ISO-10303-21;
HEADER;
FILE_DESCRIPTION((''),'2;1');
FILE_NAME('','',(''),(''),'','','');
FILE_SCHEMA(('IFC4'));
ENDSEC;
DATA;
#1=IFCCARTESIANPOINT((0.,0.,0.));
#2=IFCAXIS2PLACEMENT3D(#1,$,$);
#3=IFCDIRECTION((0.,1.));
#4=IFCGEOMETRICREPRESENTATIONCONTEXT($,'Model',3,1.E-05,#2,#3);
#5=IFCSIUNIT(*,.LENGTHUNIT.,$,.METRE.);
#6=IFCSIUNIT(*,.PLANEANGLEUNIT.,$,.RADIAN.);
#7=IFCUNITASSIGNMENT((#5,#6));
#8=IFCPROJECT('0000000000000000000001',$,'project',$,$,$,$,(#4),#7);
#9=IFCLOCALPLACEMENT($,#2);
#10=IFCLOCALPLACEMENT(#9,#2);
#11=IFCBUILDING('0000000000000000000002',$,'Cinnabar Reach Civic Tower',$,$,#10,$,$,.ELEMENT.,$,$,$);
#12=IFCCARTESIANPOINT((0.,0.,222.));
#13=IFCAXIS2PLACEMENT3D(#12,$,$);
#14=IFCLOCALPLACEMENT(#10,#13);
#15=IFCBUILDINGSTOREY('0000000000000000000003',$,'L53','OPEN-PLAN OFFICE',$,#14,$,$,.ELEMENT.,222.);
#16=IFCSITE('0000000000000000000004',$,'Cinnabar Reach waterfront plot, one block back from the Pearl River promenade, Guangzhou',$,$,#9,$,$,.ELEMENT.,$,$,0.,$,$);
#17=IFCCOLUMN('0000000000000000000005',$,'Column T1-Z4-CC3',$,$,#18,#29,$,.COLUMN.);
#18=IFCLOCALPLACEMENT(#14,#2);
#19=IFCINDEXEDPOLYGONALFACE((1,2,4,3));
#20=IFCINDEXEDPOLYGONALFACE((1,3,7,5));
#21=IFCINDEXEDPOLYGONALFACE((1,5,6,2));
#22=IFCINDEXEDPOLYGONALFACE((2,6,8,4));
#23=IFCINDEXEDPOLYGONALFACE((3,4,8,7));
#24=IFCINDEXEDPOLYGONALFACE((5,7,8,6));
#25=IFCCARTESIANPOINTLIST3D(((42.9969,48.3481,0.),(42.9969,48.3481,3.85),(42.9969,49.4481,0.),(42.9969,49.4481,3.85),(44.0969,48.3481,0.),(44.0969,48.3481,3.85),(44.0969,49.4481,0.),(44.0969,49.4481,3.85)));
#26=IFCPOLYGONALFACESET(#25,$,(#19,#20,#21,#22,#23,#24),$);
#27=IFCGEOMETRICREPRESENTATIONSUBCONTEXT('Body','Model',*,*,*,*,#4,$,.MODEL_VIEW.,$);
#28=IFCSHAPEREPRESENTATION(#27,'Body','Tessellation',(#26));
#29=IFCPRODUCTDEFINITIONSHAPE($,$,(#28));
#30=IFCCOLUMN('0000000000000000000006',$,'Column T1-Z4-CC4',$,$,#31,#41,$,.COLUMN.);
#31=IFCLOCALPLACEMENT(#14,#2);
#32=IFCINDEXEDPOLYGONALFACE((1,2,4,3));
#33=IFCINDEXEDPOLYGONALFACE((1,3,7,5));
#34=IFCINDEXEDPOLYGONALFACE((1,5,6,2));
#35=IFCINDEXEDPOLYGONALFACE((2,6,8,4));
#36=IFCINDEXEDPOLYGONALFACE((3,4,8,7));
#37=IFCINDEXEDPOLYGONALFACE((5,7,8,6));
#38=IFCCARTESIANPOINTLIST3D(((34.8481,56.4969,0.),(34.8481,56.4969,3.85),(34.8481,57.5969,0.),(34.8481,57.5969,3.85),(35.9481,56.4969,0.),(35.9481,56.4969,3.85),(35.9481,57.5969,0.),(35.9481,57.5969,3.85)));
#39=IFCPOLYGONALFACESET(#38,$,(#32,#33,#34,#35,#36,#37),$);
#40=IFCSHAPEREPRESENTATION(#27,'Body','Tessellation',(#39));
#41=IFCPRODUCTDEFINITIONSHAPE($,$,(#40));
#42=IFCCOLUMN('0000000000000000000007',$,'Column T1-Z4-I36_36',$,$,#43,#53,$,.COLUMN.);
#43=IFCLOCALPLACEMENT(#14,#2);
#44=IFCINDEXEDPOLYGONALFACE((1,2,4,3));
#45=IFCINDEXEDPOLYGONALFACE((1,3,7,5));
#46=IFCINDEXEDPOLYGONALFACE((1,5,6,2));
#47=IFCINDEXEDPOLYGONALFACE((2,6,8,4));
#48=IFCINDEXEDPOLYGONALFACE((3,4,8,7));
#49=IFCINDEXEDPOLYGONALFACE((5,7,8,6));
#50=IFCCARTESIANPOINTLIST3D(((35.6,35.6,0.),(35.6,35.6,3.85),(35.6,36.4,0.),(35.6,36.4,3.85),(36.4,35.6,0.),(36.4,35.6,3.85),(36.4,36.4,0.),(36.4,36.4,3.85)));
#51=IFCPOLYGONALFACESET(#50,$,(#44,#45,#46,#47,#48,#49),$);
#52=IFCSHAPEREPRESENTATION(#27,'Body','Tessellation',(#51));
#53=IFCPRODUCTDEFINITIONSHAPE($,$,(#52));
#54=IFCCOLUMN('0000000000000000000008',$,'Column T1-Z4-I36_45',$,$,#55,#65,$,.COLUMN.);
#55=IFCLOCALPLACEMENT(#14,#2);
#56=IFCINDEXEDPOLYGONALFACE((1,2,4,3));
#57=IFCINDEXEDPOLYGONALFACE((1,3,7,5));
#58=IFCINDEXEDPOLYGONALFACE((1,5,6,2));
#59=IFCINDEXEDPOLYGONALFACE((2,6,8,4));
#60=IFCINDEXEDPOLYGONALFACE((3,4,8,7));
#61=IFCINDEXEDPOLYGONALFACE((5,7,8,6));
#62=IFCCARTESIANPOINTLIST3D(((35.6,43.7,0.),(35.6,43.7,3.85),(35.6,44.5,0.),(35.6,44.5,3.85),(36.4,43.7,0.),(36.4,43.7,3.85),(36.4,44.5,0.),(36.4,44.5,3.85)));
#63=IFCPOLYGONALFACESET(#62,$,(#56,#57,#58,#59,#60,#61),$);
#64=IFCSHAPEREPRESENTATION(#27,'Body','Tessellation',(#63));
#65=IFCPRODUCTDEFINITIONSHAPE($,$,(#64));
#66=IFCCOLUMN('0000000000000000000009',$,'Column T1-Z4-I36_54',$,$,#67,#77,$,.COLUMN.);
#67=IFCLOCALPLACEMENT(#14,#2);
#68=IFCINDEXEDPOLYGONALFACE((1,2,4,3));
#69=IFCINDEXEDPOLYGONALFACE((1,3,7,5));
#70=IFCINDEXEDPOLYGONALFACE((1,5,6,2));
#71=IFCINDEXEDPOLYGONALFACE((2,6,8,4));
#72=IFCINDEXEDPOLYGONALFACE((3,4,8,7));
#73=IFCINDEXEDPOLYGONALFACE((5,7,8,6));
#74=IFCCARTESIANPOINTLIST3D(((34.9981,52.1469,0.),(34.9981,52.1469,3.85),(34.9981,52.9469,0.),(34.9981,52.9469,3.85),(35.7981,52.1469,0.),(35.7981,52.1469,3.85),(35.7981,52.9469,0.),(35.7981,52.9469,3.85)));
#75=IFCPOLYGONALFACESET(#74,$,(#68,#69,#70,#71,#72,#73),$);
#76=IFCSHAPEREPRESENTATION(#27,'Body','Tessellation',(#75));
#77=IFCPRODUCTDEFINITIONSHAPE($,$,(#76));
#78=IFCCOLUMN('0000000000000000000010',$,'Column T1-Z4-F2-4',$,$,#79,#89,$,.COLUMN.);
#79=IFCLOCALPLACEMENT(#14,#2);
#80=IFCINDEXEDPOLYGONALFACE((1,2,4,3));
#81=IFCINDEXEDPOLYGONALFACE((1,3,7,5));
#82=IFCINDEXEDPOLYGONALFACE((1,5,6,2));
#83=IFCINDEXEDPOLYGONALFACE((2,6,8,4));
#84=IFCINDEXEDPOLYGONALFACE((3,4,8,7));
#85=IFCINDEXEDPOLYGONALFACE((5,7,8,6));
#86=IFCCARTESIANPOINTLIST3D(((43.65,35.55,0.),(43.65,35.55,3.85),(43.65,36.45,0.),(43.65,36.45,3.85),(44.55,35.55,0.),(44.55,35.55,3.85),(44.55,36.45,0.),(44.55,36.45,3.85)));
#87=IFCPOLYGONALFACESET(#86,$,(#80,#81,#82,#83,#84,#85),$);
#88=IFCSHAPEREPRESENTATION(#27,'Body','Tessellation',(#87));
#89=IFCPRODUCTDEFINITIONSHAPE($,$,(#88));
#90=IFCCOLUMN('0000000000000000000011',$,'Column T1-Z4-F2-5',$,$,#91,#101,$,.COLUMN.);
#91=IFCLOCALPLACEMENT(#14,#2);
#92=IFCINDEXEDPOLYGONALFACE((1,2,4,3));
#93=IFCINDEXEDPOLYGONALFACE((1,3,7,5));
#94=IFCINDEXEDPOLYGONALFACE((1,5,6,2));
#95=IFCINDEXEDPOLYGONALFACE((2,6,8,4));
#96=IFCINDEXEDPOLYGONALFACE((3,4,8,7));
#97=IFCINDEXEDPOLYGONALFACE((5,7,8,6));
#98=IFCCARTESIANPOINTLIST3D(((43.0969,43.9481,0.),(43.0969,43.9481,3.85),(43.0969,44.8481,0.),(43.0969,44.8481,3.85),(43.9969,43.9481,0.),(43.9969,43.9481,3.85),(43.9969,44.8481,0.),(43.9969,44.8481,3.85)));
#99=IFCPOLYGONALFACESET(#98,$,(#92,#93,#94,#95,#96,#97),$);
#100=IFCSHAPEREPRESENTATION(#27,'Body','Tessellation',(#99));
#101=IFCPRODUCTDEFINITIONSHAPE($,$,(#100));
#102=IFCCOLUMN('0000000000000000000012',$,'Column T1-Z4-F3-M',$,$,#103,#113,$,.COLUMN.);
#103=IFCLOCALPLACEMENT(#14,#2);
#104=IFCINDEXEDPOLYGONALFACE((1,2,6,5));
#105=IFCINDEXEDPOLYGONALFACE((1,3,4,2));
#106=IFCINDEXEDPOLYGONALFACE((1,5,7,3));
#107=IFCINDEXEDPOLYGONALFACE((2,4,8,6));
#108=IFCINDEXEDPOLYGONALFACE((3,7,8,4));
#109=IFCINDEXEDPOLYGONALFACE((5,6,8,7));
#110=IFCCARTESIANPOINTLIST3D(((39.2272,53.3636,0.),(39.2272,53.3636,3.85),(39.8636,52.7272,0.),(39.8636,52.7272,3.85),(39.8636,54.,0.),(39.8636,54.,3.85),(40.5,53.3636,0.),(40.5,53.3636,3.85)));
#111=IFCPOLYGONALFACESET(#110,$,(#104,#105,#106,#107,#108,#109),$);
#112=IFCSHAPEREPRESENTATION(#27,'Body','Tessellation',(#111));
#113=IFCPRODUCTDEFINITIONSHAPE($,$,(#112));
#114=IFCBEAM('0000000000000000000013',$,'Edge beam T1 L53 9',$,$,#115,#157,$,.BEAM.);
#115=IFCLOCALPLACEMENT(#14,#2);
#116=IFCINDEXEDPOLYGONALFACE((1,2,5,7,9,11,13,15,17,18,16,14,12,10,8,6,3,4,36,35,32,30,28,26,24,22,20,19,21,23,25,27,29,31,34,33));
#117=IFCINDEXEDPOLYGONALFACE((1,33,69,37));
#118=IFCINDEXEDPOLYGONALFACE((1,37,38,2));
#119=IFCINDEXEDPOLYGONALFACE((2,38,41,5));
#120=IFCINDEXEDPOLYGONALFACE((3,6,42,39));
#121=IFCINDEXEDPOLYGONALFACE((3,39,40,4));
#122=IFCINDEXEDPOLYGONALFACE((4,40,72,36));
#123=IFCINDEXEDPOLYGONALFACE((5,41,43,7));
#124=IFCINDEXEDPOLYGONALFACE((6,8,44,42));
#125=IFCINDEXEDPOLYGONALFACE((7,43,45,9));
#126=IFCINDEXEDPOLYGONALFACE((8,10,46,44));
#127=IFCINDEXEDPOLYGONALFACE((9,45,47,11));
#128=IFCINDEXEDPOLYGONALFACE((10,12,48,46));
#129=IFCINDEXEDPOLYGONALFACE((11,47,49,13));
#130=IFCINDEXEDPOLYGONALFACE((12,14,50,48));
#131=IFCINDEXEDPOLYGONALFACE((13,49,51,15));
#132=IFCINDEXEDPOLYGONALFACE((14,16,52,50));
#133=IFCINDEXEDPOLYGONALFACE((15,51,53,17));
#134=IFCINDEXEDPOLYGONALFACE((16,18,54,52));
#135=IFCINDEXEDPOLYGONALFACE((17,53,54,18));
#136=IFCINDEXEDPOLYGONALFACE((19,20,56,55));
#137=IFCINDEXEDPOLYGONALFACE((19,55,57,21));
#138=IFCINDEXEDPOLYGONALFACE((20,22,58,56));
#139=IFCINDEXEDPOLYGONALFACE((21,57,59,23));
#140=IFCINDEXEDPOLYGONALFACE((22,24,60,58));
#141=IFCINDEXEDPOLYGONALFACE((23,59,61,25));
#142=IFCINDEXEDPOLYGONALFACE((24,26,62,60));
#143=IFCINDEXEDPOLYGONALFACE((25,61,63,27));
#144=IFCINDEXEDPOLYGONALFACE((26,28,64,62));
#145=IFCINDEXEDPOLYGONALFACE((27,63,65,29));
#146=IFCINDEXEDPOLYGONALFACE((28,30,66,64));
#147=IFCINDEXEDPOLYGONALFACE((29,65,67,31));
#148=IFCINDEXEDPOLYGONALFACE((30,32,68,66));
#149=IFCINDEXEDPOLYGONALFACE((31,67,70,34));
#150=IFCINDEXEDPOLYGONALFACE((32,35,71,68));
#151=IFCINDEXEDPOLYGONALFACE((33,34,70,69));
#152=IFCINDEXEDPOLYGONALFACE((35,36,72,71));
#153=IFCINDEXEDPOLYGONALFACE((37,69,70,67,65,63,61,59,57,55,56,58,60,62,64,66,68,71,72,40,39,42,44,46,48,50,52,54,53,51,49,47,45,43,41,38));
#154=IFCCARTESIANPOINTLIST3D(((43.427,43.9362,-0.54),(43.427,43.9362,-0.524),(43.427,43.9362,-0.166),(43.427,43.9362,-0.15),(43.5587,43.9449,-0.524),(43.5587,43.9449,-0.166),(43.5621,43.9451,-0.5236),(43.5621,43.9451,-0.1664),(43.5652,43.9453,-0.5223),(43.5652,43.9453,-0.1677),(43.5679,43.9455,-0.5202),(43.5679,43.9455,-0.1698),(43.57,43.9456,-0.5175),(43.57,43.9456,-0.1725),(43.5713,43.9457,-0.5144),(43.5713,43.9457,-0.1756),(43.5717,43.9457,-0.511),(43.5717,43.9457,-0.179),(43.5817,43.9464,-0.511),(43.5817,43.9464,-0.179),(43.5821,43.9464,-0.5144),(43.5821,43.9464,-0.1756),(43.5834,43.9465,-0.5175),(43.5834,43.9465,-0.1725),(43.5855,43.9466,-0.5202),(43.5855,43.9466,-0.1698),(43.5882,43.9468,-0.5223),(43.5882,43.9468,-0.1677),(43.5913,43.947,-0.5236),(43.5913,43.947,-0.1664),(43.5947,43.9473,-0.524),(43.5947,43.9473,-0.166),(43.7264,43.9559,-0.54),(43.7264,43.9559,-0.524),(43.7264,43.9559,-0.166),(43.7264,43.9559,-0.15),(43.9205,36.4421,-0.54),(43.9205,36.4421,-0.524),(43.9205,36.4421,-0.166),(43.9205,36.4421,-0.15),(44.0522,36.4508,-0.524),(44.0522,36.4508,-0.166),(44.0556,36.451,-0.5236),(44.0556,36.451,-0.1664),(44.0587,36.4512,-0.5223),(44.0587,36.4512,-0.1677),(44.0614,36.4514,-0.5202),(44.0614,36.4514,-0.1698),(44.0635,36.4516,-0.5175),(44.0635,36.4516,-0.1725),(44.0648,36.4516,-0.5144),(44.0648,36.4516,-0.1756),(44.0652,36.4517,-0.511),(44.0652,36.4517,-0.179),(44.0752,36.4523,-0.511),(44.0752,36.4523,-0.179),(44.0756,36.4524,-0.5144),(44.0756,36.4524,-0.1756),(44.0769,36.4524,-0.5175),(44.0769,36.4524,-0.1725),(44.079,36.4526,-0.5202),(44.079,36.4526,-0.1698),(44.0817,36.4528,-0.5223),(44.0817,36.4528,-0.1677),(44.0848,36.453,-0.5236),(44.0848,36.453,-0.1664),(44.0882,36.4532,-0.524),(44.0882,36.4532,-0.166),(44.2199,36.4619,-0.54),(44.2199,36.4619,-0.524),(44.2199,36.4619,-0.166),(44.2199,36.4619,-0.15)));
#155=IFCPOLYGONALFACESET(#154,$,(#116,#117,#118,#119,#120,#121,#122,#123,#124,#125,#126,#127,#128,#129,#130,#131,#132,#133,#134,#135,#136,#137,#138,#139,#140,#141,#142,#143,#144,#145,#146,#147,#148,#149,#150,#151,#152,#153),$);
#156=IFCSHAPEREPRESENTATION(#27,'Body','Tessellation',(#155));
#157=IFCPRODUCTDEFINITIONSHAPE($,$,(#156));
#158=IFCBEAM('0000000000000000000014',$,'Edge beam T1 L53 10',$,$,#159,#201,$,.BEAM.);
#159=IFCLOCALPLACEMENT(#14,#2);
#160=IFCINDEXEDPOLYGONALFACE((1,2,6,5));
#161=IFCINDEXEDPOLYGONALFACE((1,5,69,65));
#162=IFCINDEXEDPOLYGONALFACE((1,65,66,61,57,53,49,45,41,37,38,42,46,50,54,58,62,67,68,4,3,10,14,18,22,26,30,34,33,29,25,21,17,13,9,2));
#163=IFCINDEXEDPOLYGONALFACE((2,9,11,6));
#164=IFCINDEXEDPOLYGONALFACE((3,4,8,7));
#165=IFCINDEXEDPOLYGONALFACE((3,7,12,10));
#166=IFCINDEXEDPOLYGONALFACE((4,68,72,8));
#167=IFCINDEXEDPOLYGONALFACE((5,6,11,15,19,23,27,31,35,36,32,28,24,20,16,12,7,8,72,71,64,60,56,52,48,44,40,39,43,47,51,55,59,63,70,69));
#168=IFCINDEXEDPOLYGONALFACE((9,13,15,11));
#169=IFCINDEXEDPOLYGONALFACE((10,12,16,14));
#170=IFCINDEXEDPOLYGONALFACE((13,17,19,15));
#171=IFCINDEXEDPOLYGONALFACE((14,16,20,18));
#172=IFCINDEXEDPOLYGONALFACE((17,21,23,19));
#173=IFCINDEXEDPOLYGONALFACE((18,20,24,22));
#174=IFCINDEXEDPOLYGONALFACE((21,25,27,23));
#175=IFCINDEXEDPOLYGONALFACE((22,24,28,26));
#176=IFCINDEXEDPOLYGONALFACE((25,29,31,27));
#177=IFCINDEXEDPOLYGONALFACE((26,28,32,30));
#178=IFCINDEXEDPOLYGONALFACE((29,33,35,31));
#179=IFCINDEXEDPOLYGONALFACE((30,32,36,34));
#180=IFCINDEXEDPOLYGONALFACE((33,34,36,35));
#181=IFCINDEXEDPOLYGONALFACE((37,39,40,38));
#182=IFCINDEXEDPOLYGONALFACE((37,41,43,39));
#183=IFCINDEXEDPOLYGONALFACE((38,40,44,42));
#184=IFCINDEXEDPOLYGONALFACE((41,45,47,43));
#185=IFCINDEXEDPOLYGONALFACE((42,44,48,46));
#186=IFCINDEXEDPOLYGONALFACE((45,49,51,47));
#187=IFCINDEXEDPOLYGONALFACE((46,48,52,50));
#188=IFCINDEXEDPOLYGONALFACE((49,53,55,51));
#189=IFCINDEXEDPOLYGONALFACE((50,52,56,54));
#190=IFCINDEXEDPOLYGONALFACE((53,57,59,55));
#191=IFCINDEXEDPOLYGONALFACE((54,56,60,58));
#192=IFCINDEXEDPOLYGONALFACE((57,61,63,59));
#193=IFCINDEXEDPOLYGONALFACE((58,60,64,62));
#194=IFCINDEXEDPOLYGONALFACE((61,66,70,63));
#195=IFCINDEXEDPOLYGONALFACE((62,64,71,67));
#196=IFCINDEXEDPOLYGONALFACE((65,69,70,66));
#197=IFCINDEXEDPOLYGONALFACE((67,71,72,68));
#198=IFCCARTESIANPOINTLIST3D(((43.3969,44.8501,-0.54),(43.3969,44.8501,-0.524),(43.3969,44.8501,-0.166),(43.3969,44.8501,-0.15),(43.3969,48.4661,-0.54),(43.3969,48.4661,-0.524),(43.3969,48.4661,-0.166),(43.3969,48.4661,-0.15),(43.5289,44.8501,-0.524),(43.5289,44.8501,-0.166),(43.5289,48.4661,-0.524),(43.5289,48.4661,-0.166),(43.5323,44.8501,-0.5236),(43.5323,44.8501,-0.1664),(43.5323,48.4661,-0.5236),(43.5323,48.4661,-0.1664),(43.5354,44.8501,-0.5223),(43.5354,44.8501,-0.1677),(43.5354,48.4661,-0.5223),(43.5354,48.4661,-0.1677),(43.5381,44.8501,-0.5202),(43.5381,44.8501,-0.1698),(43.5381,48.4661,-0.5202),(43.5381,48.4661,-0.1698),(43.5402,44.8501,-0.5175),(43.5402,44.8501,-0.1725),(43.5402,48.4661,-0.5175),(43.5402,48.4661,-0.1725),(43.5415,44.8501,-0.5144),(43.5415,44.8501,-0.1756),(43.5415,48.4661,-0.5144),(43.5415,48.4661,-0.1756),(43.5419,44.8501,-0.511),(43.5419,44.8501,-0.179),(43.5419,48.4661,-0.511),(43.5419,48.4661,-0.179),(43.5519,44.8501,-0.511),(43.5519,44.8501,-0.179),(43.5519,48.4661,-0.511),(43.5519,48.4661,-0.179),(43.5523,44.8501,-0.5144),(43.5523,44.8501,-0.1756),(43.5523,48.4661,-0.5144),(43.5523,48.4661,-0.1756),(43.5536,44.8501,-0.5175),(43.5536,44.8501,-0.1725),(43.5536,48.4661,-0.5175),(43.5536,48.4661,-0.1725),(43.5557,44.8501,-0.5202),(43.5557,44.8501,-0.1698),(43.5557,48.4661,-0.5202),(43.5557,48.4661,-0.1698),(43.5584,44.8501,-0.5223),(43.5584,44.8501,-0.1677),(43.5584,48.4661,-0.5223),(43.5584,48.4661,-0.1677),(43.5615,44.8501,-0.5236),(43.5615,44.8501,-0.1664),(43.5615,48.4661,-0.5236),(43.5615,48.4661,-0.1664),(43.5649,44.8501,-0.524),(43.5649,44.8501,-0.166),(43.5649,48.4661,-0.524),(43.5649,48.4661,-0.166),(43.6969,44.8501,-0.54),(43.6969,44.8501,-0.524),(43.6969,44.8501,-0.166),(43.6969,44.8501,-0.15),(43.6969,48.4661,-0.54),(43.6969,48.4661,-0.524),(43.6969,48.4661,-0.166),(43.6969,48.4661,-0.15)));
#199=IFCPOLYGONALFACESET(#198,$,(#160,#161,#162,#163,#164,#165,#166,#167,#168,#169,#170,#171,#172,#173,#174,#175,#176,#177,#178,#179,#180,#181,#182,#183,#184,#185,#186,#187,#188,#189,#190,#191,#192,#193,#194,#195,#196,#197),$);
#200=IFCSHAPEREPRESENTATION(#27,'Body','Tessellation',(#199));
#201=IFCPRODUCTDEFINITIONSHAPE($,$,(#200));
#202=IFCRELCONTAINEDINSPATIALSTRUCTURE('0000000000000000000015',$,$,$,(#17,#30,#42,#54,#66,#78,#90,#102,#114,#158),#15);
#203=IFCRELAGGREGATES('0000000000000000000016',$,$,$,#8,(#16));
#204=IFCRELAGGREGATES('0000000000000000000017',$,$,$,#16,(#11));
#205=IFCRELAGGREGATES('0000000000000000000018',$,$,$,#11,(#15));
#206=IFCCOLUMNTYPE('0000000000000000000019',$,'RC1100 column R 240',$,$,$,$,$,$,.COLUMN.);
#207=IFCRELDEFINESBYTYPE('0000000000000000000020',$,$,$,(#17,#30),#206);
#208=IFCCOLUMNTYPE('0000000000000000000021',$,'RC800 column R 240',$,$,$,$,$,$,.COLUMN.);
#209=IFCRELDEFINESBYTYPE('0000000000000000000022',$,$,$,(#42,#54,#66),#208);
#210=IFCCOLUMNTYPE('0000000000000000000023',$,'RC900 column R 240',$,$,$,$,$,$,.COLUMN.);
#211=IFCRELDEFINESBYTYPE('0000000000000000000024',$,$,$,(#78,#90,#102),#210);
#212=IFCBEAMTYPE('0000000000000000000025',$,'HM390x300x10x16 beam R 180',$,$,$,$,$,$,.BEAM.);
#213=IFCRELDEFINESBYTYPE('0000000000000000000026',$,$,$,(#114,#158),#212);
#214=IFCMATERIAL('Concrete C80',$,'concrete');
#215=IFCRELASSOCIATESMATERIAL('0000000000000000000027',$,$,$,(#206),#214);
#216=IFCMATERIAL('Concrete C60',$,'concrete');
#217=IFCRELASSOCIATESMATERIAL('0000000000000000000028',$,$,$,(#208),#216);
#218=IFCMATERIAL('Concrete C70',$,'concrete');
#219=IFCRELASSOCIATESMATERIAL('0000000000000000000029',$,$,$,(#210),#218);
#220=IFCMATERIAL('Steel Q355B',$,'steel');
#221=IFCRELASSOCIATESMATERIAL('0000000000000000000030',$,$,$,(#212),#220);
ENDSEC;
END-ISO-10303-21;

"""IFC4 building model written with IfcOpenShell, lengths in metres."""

from ifc_helpers import new_model, si_unit, direction, frame, origin, origin_2d, place, context, subcontext, project, spatial, rectangle, i_section, extrude, material, material_profile, profile_set, type_object, element, save


model = new_model("IFC4")

# Units and contexts
model_context = context("Model", 3, precision=1e-05, world=origin(), true_north=direction((0.0, 1.0)))
body_context = subcontext(model_context, "Body", "Model", "MODEL_VIEW")
ifc_project = project(units=[si_unit("LENGTHUNIT", "METRE"), si_unit("PLANEANGLEUNIT", "RADIAN")], contexts=[model_context])

# Site, building, storey
site_placement = place(None, origin())
site = spatial("IfcSite", under=ifc_project, at=site_placement, Name="Cinnabar Reach waterfront plot, one block back from the Pearl River promenade, Guangzhou", CompositionType="ELEMENT", RefElevation=0.0)
building_placement = place(site_placement, origin())
building = spatial("IfcBuilding", under=site, at=building_placement, Name="Cinnabar Reach Civic Tower", CompositionType="ELEMENT")
storey_placement = place(building_placement, frame((0.0, 0.0, 222.0)))
storey = spatial("IfcBuildingStorey", under=building, at=storey_placement, Name="L53", Description="OPEN-PLAN OFFICE", CompositionType="ELEMENT", Elevation=222.0)

# Columns
ifc_material_1 = material(Name="Concrete C80", Category="concrete")
ifc_material_profile_1 = material_profile(ifc_material_1, rectangle(XDim=1.1, YDim=1.1, at=origin_2d()), Name="RC1100")
ifc_profile_set_1 = profile_set([ifc_material_profile_1], Name="Concrete C80")
column_type_1 = type_object("IfcColumnType", Name="RC1100 column R 240", PredefinedType="COLUMN", material=ifc_profile_set_1)
for number, where, z_axis, x_axis, name in (
    (1, (43.5469, 48.8981, 0.0), (0.0, 0.0, 1.0), (1.0, 0.0, 0.0), "Column T1-Z4-CC3"),
    (2, (35.3981, 57.0469, 0.0), (0.0, 0.0, 1.0), (1.0, 0.0, 0.0), "Column T1-Z4-CC4"),
):
    element("IfcColumn", number, at=place(storey_placement, frame(where, z_axis=z_axis, x_axis=x_axis)), inside=storey, type_object=column_type_1, Name=name, PredefinedType="COLUMN", context=body_context, shape_type="SweptSolid", body=[
        extrude(rectangle(XDim=1.1, YDim=1.1, at=origin_2d()), origin(), (0.0, 0.0, 1.0), 3.85),
    ])
ifc_material_2 = material(Name="Concrete C60", Category="concrete")
ifc_material_profile_2 = material_profile(ifc_material_2, rectangle(XDim=0.8, YDim=0.8, at=origin_2d()), Name="RC800")
ifc_profile_set_2 = profile_set([ifc_material_profile_2], Name="Concrete C60")
column_type_2 = type_object("IfcColumnType", Name="RC800 column R 240", PredefinedType="COLUMN", material=ifc_profile_set_2)
for number, where, z_axis, x_axis, name in (
    (3, (36.0, 36.0, 0.0), (0.0, 0.0, 1.0), (1.0, 0.0, 0.0), "Column T1-Z4-I36_36"),
    (4, (36.0, 44.1, 0.0), (0.0, 0.0, 1.0), (1.0, 0.0, 0.0), "Column T1-Z4-I36_45"),
    (5, (35.3981, 52.5469, 0.0), (0.0, 0.0, 1.0), (1.0, 0.0, 0.0), "Column T1-Z4-I36_54"),
):
    element("IfcColumn", number, at=place(storey_placement, frame(where, z_axis=z_axis, x_axis=x_axis)), inside=storey, type_object=column_type_2, Name=name, PredefinedType="COLUMN", context=body_context, shape_type="SweptSolid", body=[
        extrude(rectangle(XDim=0.8, YDim=0.8, at=origin_2d()), origin(), (0.0, 0.0, 1.0), 3.85),
    ])
ifc_material_3 = material(Name="Concrete C70", Category="concrete")
ifc_material_profile_3 = material_profile(ifc_material_3, rectangle(XDim=0.9, YDim=0.9, at=origin_2d()), Name="RC900")
ifc_profile_set_3 = profile_set([ifc_material_profile_3], Name="Concrete C70")
column_type_3 = type_object("IfcColumnType", Name="RC900 column R 240", PredefinedType="COLUMN", material=ifc_profile_set_3)
for number, where, z_axis, x_axis, name in (
    (6, (44.1, 36.0, 0.0), (0.0, 0.0, 1.0), (1.0, 0.0, 0.0), "Column T1-Z4-F2-4"),
    (7, (43.5469, 44.3981, 0.0), (0.0, 0.0, 1.0), (1.0, 0.0, 0.0), "Column T1-Z4-F2-5"),
    (8, (39.8636, 53.3636, 0.0), (0.0, 0.0, 1.0), (0.707107, 0.707107, 0.0), "Column T1-Z4-F3-M"),
):
    element("IfcColumn", number, at=place(storey_placement, frame(where, z_axis=z_axis, x_axis=x_axis)), inside=storey, type_object=column_type_3, Name=name, PredefinedType="COLUMN", context=body_context, shape_type="SweptSolid", body=[
        extrude(rectangle(XDim=0.9, YDim=0.9, at=origin_2d()), origin(), (0.0, 0.0, 1.0), 3.85),
    ])

# Beams
ifc_material_4 = material(Name="Steel Q355B", Category="steel")
ifc_material_profile_4 = material_profile(ifc_material_4, i_section(OverallWidth=0.3, OverallDepth=0.39, WebThickness=0.01, FlangeThickness=0.016, FilletRadius=0.013, at=origin_2d()), Name="HM390x300x10x16")
ifc_profile_set_4 = profile_set([ifc_material_profile_4], Name="Steel Q355B")
beam_type_1 = type_object("IfcBeamType", Name="HM390x300x10x16 beam R 180", PredefinedType="BEAM", material=ifc_profile_set_4)
beam_1_placement = place(storey_placement, frame((44.0702, 36.452, -0.345), z_axis=(-0.065709, 0.997839, 0.0), x_axis=(-0.997839, -0.065709, 0.0)))
element("IfcBeam", 9, at=beam_1_placement, inside=storey, type_object=beam_type_1, Name="Edge beam T1 L53 9", PredefinedType="BEAM", context=body_context, shape_type="SweptSolid", body=[
    extrude(i_section(OverallWidth=0.3, OverallDepth=0.39, WebThickness=0.01, FlangeThickness=0.016, FilletRadius=0.013, at=origin_2d()), origin(), (0.0, 0.0, 1.0), 7.5103),
])
beam_2_placement = place(storey_placement, frame((43.5469, 44.8501, -0.345), z_axis=(0.0, 1.0, 0.0), x_axis=(-1.0, 0.0, 0.0)))
element("IfcBeam", 10, at=beam_2_placement, inside=storey, type_object=beam_type_1, Name="Edge beam T1 L53 10", PredefinedType="BEAM", context=body_context, shape_type="SweptSolid", body=[
    extrude(i_section(OverallWidth=0.3, OverallDepth=0.39, WebThickness=0.01, FlangeThickness=0.016, FilletRadius=0.013, at=origin_2d()), origin(), (0.0, 0.0, 1.0), 3.616),
])

save(model, "model.ifc")
